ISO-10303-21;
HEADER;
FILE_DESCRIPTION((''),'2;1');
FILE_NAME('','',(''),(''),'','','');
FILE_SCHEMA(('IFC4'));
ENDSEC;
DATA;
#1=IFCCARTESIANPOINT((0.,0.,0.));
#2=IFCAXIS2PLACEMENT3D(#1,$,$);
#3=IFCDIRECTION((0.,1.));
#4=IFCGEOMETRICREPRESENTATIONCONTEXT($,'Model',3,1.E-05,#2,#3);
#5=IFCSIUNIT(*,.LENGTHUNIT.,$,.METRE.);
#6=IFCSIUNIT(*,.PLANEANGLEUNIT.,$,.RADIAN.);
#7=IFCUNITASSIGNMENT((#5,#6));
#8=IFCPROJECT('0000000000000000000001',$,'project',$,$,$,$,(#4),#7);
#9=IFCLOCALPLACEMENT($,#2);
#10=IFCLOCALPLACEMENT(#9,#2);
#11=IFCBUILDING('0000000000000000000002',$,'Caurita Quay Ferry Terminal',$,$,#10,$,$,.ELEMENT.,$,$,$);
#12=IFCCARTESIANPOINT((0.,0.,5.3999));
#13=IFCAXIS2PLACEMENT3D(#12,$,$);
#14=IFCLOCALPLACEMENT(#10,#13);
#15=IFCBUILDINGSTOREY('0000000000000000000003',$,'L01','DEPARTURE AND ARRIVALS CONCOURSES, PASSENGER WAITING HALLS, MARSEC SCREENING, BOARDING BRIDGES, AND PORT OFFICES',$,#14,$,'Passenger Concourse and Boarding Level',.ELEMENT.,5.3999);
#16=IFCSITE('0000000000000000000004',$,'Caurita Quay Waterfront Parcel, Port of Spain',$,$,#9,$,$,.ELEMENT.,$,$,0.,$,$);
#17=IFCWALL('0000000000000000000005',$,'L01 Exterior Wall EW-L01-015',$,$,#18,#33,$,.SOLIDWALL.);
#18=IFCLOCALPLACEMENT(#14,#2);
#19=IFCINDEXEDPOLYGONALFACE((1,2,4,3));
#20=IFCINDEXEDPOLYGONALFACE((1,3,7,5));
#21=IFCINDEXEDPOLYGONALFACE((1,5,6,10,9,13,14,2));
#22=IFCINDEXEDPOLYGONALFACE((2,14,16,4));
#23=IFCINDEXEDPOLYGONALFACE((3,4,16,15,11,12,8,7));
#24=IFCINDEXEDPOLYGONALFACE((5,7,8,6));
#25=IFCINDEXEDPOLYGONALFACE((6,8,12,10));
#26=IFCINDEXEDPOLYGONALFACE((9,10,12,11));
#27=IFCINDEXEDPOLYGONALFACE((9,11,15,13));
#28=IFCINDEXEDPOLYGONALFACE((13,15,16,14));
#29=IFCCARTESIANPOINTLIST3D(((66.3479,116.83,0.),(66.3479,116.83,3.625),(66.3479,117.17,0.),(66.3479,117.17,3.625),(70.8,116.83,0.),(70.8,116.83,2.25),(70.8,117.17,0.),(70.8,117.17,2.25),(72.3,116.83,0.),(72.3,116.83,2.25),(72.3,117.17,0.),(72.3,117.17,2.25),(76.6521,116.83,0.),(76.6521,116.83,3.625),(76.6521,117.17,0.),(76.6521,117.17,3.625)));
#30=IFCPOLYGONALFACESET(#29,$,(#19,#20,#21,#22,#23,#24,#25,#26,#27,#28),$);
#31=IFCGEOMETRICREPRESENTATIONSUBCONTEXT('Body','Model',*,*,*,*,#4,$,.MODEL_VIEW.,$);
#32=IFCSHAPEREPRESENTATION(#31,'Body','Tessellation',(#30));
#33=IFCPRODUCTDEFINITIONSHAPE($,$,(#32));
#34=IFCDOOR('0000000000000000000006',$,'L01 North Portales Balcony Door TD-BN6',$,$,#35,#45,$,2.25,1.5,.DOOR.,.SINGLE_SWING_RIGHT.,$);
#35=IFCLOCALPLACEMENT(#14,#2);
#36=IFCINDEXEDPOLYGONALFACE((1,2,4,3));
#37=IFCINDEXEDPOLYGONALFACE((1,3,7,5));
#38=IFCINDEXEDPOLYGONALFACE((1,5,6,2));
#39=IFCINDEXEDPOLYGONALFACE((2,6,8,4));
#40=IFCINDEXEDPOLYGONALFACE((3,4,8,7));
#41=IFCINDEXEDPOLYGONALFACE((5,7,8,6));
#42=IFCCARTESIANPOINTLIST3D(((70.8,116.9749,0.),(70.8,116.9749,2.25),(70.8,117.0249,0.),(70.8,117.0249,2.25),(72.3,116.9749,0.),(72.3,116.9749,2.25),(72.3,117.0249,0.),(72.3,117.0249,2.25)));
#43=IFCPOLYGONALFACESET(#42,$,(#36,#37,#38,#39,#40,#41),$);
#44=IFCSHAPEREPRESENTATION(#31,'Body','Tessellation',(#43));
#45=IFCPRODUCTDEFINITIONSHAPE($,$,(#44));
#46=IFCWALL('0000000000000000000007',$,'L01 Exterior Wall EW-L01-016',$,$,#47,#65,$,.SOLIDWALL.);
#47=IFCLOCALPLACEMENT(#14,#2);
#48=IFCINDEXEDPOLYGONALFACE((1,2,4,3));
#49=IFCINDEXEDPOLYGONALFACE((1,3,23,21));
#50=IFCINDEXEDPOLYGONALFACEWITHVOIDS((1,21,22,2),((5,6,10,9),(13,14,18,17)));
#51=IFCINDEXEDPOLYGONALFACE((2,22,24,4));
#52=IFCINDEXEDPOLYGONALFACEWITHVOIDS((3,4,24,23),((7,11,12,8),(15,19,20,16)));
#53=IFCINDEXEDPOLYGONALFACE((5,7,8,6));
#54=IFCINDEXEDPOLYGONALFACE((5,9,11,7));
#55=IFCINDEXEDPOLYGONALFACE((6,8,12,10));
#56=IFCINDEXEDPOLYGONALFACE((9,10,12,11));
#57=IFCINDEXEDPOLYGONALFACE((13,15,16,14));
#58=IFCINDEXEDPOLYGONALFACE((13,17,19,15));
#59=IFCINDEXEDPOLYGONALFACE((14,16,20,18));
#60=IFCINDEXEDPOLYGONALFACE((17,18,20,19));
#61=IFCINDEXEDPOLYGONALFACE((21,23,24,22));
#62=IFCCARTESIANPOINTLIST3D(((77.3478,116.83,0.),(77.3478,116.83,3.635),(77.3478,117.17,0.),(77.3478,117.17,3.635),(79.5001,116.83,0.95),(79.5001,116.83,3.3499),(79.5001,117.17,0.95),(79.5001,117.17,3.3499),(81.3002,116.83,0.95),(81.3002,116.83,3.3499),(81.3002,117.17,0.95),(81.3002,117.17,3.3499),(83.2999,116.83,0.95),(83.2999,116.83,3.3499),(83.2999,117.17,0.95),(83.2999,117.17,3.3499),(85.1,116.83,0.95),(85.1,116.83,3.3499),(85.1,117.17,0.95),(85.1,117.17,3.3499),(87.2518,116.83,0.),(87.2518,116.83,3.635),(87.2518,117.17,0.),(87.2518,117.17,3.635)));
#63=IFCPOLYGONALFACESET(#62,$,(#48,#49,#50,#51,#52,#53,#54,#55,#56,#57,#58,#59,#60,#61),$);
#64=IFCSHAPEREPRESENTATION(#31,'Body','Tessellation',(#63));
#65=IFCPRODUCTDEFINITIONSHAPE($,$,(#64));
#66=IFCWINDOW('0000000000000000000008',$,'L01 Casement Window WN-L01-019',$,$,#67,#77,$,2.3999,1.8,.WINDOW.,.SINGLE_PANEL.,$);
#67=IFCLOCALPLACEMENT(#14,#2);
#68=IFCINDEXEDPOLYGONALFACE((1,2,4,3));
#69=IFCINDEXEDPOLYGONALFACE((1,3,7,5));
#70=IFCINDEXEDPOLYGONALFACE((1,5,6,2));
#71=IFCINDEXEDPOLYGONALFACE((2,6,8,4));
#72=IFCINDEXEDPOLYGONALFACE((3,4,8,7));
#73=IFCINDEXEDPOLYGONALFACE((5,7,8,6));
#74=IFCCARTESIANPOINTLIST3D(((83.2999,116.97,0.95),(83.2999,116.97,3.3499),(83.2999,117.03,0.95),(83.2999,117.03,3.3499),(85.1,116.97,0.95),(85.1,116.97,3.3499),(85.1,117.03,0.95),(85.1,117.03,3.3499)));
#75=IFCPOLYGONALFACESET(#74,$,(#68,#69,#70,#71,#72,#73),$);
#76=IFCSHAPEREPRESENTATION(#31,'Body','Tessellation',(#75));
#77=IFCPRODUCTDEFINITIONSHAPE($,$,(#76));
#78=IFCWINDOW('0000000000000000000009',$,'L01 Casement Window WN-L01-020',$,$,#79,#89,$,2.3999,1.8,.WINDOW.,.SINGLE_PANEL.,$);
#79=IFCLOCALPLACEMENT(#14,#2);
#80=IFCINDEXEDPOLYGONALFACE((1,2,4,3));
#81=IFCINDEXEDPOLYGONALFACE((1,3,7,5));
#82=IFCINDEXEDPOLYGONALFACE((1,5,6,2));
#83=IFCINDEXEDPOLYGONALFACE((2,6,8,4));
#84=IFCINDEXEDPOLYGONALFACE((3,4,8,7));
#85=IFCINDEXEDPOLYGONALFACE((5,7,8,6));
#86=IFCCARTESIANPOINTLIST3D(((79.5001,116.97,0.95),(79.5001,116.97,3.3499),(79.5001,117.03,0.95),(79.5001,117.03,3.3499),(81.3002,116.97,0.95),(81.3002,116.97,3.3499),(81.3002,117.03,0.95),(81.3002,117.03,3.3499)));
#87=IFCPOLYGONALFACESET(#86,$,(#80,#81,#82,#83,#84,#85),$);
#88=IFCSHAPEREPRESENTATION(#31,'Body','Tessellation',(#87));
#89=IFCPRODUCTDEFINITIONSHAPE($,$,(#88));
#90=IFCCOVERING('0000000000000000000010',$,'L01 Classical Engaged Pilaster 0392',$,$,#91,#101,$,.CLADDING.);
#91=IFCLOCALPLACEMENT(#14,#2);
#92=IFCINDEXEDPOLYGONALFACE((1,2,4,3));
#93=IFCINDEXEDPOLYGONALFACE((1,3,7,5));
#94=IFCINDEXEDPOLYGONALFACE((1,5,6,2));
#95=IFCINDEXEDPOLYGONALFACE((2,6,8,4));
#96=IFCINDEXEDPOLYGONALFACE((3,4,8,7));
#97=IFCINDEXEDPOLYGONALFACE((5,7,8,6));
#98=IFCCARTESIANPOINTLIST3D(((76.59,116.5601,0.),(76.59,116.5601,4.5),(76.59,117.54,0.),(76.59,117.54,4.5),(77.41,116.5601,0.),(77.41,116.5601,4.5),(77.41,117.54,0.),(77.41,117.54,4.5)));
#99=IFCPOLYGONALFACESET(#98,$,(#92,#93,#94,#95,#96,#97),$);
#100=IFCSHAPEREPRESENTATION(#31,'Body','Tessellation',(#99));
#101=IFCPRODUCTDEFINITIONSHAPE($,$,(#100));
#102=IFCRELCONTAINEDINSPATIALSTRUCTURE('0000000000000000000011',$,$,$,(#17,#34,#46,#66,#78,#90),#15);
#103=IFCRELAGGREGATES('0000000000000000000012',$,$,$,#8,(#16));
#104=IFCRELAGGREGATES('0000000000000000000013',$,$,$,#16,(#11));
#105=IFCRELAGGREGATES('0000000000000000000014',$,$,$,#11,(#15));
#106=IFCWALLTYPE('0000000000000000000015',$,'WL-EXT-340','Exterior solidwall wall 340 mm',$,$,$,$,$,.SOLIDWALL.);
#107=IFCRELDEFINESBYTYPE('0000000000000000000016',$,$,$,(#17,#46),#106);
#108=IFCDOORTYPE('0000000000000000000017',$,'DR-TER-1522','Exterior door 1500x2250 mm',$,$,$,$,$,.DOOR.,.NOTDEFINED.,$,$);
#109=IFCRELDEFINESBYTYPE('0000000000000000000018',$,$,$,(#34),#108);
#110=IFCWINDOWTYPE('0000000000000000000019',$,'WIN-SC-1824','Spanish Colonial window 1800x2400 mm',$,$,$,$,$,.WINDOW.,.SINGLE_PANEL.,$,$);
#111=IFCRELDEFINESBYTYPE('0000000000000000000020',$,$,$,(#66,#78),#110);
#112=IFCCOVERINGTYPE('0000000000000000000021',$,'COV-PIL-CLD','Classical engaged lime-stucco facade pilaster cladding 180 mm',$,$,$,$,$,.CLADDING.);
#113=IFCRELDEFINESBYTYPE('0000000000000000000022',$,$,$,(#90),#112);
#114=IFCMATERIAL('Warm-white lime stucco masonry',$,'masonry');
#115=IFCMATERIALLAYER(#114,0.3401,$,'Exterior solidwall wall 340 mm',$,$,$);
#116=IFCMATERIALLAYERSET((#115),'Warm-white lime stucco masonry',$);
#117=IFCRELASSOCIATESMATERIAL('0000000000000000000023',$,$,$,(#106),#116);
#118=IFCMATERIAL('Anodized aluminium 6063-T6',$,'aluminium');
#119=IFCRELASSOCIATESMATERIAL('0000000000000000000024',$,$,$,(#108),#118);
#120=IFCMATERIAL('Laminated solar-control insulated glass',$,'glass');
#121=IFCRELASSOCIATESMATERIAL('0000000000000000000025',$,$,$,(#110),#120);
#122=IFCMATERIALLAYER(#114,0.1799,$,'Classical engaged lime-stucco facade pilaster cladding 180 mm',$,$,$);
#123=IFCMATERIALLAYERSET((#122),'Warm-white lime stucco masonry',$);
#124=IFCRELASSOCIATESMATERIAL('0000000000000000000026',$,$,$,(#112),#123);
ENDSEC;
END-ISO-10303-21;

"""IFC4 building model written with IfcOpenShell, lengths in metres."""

from ifc_helpers import new_model, si_unit, direction, frame, frame_2d, origin, origin_2d, place, context, subcontext, project, spatial, rectangle, extrude, material, layer, layer_set, type_object, element, fill, save


model = new_model("IFC4")

# Units and contexts
model_context = context("Model", 3, precision=1e-05, world=origin(), true_north=direction((0.0, 1.0)))
body_context = subcontext(model_context, "Body", "Model", "MODEL_VIEW")
ifc_project = project(units=[si_unit("LENGTHUNIT", "METRE"), si_unit("PLANEANGLEUNIT", "RADIAN")], contexts=[model_context])

# Site, building, storey
site_placement = place(None, origin())
site = spatial("IfcSite", under=ifc_project, at=site_placement, Name="Caurita Quay Waterfront Parcel, Port of Spain", CompositionType="ELEMENT", RefElevation=0.0)
building_placement = place(site_placement, origin())
building = spatial("IfcBuilding", under=site, at=building_placement, Name="Caurita Quay Ferry Terminal", CompositionType="ELEMENT")
storey_placement = place(building_placement, frame((0.0, 0.0, 5.3999)))
storey = spatial("IfcBuildingStorey", under=building, at=storey_placement, Name="L01", Description="DEPARTURE AND ARRIVALS CONCOURSES, PASSENGER WAITING HALLS, MARSEC SCREENING, BOARDING BRIDGES, AND PORT OFFICES", LongName="Passenger Concourse and Boarding Level", CompositionType="ELEMENT", Elevation=5.3999)

# Wall, opening, door
ifc_material_1 = material(Name="Warm-white lime stucco masonry", Category="masonry")
ifc_layer_1 = layer(ifc_material_1, 0.3401, Name="Exterior solidwall wall 340 mm")
ifc_layer_set_1 = layer_set([ifc_layer_1], Name="Warm-white lime stucco masonry")
wall_type = type_object("IfcWallType", Name="WL-EXT-340", Description="Exterior solidwall wall 340 mm", PredefinedType="SOLIDWALL", material=ifc_layer_set_1)
wall_1_placement = place(storey_placement, frame((76.6521, 117.0, 0.0), z_axis=(0.0, 0.0, 1.0), x_axis=(-1.0, 0.0, 0.0)))
wall_1 = element("IfcWall", 1, at=wall_1_placement, inside=storey, type_object=wall_type, Name="L01 Exterior Wall EW-L01-015", PredefinedType="SOLIDWALL", context=body_context, shape_type="SweptSolid", body=[
    extrude(rectangle(XDim=10.3042, YDim=0.3401, at=frame_2d((5.1521, 0.0))), origin(), (0.0, 0.0, 1.0), 3.625),
])
opening_1_placement = place(wall_1_placement, frame((4.3521, 0.0, 0.0)))
opening_1 = element("IfcOpeningElement", 2, at=opening_1_placement, cuts=wall_1, PredefinedType="OPENING", context=body_context, shape_type="SweptSolid", body=[
    extrude(rectangle(XDim=1.5, YDim=2.25, at=frame_2d((0.75, 1.125))), frame((0.0, 0.1799, 0.0), z_axis=(0.0, -1.0, 0.0), x_axis=(1.0, 0.0, 0.0)), (0.0, 0.0, 1.0), 0.3601),
])
ifc_material_2 = material(Name="Anodized aluminium 6063-T6", Category="aluminium")
door_type = type_object("IfcDoorType", Name="DR-TER-1522", Description="Exterior door 1500x2250 mm", OperationType="NOTDEFINED", PredefinedType="DOOR", material=ifc_material_2)
door_placement = place(opening_1_placement, frame((1.5, 0.0, 0.0), z_axis=(0.0, 0.0, 1.0), x_axis=(-1.0, 0.0, 0.0)))
door = element("IfcDoor", 3, at=door_placement, inside=storey, type_object=door_type, Name="L01 North Portales Balcony Door TD-BN6", OperationType="SINGLE_SWING_RIGHT", OverallHeight=2.25, OverallWidth=1.5, PredefinedType="DOOR", context=body_context, shape_type="SweptSolid", body=[
    extrude(rectangle(XDim=1.5, YDim=2.25, at=frame_2d((0.75, 1.125))), frame((0.0, 0.0249, 0.0), z_axis=(0.0, -1.0, 0.0), x_axis=(1.0, 0.0, 0.0)), (0.0, 0.0, 1.0), 0.05),
])
fill(opening_1, door)

# Wall, openings, windows
wall_2_placement = place(storey_placement, frame((87.252, 117.0, 0.0), z_axis=(0.0, 0.0, 1.0), x_axis=(-1.0, 0.0, 0.0)))
wall_2 = element("IfcWall", 4, at=wall_2_placement, inside=storey, type_object=wall_type, Name="L01 Exterior Wall EW-L01-016", PredefinedType="SOLIDWALL", context=body_context, shape_type="SweptSolid", body=[
    extrude(rectangle(XDim=9.9041, YDim=0.3401, at=frame_2d((4.9521, 0.0))), origin(), (0.0, 0.0, 1.0), 3.635),
])
opening_2_placement = place(wall_2_placement, frame((2.1521, 0.0, 0.95)))
opening_2 = element("IfcOpeningElement", 5, at=opening_2_placement, cuts=wall_2, PredefinedType="OPENING", context=body_context, shape_type="SweptSolid", body=[
    extrude(rectangle(XDim=1.8, YDim=2.3999, at=frame_2d((0.8999, 1.2))), frame((0.0, 0.1799, 0.0), z_axis=(0.0, -1.0, 0.0), x_axis=(1.0, 0.0, 0.0)), (0.0, 0.0, 1.0), 0.3601),
])
opening_3_placement = place(wall_2_placement, frame((5.9519, 0.0, 0.95)))
opening_3 = element("IfcOpeningElement", 6, at=opening_3_placement, cuts=wall_2, PredefinedType="OPENING", context=body_context, shape_type="SweptSolid", body=[
    extrude(rectangle(XDim=1.8, YDim=2.3999, at=frame_2d((0.8999, 1.2))), frame((0.0, 0.1799, 0.0), z_axis=(0.0, -1.0, 0.0), x_axis=(1.0, 0.0, 0.0)), (0.0, 0.0, 1.0), 0.3601),
])
ifc_material_3 = material(Name="Laminated solar-control insulated glass", Category="glass")
window_type = type_object("IfcWindowType", Name="WIN-SC-1824", Description="Spanish Colonial window 1800x2400 mm", PartitioningType="SINGLE_PANEL", PredefinedType="WINDOW", material=ifc_material_3)
window_1_placement = place(opening_2_placement, origin())
window_1 = element("IfcWindow", 7, at=window_1_placement, inside=storey, type_object=window_type, Name="L01 Casement Window WN-L01-019", OverallHeight=2.3999, OverallWidth=1.8, PartitioningType="SINGLE_PANEL", PredefinedType="WINDOW", context=body_context, shape_type="SweptSolid", body=[
    extrude(rectangle(XDim=1.8, YDim=2.3999, at=frame_2d((0.8999, 1.2))), frame((0.0, 0.03, 0.0), z_axis=(0.0, -1.0, 0.0), x_axis=(1.0, 0.0, 0.0)), (0.0, 0.0, 1.0), 0.0601),
])
fill(opening_2, window_1)
window_2_placement = place(opening_3_placement, origin())
window_2 = element("IfcWindow", 8, at=window_2_placement, inside=storey, type_object=window_type, Name="L01 Casement Window WN-L01-020", OverallHeight=2.3999, OverallWidth=1.8, PartitioningType="SINGLE_PANEL", PredefinedType="WINDOW", context=body_context, shape_type="SweptSolid", body=[
    extrude(rectangle(XDim=1.8, YDim=2.3999, at=frame_2d((0.8999, 1.2))), frame((0.0, 0.03, 0.0), z_axis=(0.0, -1.0, 0.0), x_axis=(1.0, 0.0, 0.0)), (0.0, 0.0, 1.0), 0.0601),
])
fill(opening_3, window_2)

# Covering
ifc_layer_2 = layer(ifc_material_1, 0.1799, Name="Classical engaged lime-stucco facade pilaster cladding 180 mm")
ifc_layer_set_2 = layer_set([ifc_layer_2], Name="Warm-white lime stucco masonry")
covering_type = type_object("IfcCoveringType", Name="COV-PIL-CLD", Description="Classical engaged lime-stucco facade pilaster cladding 180 mm", PredefinedType="CLADDING", material=ifc_layer_set_2)
covering_placement = place(storey_placement, frame((77.0, 117.05, 0.0), z_axis=(0.0, 0.0, 1.0), x_axis=(1.0, 0.0, 0.0)))
element("IfcCovering", 9, at=covering_placement, inside=storey, type_object=covering_type, Name="L01 Classical Engaged Pilaster 0392", PredefinedType="CLADDING", context=body_context, shape_type="SweptSolid", body=[
    extrude(rectangle(XDim=0.8201, YDim=0.98, at=origin_2d()), origin(), (0.0, 0.0, 1.0), 4.5),
])

save(model, "model.ifc")
